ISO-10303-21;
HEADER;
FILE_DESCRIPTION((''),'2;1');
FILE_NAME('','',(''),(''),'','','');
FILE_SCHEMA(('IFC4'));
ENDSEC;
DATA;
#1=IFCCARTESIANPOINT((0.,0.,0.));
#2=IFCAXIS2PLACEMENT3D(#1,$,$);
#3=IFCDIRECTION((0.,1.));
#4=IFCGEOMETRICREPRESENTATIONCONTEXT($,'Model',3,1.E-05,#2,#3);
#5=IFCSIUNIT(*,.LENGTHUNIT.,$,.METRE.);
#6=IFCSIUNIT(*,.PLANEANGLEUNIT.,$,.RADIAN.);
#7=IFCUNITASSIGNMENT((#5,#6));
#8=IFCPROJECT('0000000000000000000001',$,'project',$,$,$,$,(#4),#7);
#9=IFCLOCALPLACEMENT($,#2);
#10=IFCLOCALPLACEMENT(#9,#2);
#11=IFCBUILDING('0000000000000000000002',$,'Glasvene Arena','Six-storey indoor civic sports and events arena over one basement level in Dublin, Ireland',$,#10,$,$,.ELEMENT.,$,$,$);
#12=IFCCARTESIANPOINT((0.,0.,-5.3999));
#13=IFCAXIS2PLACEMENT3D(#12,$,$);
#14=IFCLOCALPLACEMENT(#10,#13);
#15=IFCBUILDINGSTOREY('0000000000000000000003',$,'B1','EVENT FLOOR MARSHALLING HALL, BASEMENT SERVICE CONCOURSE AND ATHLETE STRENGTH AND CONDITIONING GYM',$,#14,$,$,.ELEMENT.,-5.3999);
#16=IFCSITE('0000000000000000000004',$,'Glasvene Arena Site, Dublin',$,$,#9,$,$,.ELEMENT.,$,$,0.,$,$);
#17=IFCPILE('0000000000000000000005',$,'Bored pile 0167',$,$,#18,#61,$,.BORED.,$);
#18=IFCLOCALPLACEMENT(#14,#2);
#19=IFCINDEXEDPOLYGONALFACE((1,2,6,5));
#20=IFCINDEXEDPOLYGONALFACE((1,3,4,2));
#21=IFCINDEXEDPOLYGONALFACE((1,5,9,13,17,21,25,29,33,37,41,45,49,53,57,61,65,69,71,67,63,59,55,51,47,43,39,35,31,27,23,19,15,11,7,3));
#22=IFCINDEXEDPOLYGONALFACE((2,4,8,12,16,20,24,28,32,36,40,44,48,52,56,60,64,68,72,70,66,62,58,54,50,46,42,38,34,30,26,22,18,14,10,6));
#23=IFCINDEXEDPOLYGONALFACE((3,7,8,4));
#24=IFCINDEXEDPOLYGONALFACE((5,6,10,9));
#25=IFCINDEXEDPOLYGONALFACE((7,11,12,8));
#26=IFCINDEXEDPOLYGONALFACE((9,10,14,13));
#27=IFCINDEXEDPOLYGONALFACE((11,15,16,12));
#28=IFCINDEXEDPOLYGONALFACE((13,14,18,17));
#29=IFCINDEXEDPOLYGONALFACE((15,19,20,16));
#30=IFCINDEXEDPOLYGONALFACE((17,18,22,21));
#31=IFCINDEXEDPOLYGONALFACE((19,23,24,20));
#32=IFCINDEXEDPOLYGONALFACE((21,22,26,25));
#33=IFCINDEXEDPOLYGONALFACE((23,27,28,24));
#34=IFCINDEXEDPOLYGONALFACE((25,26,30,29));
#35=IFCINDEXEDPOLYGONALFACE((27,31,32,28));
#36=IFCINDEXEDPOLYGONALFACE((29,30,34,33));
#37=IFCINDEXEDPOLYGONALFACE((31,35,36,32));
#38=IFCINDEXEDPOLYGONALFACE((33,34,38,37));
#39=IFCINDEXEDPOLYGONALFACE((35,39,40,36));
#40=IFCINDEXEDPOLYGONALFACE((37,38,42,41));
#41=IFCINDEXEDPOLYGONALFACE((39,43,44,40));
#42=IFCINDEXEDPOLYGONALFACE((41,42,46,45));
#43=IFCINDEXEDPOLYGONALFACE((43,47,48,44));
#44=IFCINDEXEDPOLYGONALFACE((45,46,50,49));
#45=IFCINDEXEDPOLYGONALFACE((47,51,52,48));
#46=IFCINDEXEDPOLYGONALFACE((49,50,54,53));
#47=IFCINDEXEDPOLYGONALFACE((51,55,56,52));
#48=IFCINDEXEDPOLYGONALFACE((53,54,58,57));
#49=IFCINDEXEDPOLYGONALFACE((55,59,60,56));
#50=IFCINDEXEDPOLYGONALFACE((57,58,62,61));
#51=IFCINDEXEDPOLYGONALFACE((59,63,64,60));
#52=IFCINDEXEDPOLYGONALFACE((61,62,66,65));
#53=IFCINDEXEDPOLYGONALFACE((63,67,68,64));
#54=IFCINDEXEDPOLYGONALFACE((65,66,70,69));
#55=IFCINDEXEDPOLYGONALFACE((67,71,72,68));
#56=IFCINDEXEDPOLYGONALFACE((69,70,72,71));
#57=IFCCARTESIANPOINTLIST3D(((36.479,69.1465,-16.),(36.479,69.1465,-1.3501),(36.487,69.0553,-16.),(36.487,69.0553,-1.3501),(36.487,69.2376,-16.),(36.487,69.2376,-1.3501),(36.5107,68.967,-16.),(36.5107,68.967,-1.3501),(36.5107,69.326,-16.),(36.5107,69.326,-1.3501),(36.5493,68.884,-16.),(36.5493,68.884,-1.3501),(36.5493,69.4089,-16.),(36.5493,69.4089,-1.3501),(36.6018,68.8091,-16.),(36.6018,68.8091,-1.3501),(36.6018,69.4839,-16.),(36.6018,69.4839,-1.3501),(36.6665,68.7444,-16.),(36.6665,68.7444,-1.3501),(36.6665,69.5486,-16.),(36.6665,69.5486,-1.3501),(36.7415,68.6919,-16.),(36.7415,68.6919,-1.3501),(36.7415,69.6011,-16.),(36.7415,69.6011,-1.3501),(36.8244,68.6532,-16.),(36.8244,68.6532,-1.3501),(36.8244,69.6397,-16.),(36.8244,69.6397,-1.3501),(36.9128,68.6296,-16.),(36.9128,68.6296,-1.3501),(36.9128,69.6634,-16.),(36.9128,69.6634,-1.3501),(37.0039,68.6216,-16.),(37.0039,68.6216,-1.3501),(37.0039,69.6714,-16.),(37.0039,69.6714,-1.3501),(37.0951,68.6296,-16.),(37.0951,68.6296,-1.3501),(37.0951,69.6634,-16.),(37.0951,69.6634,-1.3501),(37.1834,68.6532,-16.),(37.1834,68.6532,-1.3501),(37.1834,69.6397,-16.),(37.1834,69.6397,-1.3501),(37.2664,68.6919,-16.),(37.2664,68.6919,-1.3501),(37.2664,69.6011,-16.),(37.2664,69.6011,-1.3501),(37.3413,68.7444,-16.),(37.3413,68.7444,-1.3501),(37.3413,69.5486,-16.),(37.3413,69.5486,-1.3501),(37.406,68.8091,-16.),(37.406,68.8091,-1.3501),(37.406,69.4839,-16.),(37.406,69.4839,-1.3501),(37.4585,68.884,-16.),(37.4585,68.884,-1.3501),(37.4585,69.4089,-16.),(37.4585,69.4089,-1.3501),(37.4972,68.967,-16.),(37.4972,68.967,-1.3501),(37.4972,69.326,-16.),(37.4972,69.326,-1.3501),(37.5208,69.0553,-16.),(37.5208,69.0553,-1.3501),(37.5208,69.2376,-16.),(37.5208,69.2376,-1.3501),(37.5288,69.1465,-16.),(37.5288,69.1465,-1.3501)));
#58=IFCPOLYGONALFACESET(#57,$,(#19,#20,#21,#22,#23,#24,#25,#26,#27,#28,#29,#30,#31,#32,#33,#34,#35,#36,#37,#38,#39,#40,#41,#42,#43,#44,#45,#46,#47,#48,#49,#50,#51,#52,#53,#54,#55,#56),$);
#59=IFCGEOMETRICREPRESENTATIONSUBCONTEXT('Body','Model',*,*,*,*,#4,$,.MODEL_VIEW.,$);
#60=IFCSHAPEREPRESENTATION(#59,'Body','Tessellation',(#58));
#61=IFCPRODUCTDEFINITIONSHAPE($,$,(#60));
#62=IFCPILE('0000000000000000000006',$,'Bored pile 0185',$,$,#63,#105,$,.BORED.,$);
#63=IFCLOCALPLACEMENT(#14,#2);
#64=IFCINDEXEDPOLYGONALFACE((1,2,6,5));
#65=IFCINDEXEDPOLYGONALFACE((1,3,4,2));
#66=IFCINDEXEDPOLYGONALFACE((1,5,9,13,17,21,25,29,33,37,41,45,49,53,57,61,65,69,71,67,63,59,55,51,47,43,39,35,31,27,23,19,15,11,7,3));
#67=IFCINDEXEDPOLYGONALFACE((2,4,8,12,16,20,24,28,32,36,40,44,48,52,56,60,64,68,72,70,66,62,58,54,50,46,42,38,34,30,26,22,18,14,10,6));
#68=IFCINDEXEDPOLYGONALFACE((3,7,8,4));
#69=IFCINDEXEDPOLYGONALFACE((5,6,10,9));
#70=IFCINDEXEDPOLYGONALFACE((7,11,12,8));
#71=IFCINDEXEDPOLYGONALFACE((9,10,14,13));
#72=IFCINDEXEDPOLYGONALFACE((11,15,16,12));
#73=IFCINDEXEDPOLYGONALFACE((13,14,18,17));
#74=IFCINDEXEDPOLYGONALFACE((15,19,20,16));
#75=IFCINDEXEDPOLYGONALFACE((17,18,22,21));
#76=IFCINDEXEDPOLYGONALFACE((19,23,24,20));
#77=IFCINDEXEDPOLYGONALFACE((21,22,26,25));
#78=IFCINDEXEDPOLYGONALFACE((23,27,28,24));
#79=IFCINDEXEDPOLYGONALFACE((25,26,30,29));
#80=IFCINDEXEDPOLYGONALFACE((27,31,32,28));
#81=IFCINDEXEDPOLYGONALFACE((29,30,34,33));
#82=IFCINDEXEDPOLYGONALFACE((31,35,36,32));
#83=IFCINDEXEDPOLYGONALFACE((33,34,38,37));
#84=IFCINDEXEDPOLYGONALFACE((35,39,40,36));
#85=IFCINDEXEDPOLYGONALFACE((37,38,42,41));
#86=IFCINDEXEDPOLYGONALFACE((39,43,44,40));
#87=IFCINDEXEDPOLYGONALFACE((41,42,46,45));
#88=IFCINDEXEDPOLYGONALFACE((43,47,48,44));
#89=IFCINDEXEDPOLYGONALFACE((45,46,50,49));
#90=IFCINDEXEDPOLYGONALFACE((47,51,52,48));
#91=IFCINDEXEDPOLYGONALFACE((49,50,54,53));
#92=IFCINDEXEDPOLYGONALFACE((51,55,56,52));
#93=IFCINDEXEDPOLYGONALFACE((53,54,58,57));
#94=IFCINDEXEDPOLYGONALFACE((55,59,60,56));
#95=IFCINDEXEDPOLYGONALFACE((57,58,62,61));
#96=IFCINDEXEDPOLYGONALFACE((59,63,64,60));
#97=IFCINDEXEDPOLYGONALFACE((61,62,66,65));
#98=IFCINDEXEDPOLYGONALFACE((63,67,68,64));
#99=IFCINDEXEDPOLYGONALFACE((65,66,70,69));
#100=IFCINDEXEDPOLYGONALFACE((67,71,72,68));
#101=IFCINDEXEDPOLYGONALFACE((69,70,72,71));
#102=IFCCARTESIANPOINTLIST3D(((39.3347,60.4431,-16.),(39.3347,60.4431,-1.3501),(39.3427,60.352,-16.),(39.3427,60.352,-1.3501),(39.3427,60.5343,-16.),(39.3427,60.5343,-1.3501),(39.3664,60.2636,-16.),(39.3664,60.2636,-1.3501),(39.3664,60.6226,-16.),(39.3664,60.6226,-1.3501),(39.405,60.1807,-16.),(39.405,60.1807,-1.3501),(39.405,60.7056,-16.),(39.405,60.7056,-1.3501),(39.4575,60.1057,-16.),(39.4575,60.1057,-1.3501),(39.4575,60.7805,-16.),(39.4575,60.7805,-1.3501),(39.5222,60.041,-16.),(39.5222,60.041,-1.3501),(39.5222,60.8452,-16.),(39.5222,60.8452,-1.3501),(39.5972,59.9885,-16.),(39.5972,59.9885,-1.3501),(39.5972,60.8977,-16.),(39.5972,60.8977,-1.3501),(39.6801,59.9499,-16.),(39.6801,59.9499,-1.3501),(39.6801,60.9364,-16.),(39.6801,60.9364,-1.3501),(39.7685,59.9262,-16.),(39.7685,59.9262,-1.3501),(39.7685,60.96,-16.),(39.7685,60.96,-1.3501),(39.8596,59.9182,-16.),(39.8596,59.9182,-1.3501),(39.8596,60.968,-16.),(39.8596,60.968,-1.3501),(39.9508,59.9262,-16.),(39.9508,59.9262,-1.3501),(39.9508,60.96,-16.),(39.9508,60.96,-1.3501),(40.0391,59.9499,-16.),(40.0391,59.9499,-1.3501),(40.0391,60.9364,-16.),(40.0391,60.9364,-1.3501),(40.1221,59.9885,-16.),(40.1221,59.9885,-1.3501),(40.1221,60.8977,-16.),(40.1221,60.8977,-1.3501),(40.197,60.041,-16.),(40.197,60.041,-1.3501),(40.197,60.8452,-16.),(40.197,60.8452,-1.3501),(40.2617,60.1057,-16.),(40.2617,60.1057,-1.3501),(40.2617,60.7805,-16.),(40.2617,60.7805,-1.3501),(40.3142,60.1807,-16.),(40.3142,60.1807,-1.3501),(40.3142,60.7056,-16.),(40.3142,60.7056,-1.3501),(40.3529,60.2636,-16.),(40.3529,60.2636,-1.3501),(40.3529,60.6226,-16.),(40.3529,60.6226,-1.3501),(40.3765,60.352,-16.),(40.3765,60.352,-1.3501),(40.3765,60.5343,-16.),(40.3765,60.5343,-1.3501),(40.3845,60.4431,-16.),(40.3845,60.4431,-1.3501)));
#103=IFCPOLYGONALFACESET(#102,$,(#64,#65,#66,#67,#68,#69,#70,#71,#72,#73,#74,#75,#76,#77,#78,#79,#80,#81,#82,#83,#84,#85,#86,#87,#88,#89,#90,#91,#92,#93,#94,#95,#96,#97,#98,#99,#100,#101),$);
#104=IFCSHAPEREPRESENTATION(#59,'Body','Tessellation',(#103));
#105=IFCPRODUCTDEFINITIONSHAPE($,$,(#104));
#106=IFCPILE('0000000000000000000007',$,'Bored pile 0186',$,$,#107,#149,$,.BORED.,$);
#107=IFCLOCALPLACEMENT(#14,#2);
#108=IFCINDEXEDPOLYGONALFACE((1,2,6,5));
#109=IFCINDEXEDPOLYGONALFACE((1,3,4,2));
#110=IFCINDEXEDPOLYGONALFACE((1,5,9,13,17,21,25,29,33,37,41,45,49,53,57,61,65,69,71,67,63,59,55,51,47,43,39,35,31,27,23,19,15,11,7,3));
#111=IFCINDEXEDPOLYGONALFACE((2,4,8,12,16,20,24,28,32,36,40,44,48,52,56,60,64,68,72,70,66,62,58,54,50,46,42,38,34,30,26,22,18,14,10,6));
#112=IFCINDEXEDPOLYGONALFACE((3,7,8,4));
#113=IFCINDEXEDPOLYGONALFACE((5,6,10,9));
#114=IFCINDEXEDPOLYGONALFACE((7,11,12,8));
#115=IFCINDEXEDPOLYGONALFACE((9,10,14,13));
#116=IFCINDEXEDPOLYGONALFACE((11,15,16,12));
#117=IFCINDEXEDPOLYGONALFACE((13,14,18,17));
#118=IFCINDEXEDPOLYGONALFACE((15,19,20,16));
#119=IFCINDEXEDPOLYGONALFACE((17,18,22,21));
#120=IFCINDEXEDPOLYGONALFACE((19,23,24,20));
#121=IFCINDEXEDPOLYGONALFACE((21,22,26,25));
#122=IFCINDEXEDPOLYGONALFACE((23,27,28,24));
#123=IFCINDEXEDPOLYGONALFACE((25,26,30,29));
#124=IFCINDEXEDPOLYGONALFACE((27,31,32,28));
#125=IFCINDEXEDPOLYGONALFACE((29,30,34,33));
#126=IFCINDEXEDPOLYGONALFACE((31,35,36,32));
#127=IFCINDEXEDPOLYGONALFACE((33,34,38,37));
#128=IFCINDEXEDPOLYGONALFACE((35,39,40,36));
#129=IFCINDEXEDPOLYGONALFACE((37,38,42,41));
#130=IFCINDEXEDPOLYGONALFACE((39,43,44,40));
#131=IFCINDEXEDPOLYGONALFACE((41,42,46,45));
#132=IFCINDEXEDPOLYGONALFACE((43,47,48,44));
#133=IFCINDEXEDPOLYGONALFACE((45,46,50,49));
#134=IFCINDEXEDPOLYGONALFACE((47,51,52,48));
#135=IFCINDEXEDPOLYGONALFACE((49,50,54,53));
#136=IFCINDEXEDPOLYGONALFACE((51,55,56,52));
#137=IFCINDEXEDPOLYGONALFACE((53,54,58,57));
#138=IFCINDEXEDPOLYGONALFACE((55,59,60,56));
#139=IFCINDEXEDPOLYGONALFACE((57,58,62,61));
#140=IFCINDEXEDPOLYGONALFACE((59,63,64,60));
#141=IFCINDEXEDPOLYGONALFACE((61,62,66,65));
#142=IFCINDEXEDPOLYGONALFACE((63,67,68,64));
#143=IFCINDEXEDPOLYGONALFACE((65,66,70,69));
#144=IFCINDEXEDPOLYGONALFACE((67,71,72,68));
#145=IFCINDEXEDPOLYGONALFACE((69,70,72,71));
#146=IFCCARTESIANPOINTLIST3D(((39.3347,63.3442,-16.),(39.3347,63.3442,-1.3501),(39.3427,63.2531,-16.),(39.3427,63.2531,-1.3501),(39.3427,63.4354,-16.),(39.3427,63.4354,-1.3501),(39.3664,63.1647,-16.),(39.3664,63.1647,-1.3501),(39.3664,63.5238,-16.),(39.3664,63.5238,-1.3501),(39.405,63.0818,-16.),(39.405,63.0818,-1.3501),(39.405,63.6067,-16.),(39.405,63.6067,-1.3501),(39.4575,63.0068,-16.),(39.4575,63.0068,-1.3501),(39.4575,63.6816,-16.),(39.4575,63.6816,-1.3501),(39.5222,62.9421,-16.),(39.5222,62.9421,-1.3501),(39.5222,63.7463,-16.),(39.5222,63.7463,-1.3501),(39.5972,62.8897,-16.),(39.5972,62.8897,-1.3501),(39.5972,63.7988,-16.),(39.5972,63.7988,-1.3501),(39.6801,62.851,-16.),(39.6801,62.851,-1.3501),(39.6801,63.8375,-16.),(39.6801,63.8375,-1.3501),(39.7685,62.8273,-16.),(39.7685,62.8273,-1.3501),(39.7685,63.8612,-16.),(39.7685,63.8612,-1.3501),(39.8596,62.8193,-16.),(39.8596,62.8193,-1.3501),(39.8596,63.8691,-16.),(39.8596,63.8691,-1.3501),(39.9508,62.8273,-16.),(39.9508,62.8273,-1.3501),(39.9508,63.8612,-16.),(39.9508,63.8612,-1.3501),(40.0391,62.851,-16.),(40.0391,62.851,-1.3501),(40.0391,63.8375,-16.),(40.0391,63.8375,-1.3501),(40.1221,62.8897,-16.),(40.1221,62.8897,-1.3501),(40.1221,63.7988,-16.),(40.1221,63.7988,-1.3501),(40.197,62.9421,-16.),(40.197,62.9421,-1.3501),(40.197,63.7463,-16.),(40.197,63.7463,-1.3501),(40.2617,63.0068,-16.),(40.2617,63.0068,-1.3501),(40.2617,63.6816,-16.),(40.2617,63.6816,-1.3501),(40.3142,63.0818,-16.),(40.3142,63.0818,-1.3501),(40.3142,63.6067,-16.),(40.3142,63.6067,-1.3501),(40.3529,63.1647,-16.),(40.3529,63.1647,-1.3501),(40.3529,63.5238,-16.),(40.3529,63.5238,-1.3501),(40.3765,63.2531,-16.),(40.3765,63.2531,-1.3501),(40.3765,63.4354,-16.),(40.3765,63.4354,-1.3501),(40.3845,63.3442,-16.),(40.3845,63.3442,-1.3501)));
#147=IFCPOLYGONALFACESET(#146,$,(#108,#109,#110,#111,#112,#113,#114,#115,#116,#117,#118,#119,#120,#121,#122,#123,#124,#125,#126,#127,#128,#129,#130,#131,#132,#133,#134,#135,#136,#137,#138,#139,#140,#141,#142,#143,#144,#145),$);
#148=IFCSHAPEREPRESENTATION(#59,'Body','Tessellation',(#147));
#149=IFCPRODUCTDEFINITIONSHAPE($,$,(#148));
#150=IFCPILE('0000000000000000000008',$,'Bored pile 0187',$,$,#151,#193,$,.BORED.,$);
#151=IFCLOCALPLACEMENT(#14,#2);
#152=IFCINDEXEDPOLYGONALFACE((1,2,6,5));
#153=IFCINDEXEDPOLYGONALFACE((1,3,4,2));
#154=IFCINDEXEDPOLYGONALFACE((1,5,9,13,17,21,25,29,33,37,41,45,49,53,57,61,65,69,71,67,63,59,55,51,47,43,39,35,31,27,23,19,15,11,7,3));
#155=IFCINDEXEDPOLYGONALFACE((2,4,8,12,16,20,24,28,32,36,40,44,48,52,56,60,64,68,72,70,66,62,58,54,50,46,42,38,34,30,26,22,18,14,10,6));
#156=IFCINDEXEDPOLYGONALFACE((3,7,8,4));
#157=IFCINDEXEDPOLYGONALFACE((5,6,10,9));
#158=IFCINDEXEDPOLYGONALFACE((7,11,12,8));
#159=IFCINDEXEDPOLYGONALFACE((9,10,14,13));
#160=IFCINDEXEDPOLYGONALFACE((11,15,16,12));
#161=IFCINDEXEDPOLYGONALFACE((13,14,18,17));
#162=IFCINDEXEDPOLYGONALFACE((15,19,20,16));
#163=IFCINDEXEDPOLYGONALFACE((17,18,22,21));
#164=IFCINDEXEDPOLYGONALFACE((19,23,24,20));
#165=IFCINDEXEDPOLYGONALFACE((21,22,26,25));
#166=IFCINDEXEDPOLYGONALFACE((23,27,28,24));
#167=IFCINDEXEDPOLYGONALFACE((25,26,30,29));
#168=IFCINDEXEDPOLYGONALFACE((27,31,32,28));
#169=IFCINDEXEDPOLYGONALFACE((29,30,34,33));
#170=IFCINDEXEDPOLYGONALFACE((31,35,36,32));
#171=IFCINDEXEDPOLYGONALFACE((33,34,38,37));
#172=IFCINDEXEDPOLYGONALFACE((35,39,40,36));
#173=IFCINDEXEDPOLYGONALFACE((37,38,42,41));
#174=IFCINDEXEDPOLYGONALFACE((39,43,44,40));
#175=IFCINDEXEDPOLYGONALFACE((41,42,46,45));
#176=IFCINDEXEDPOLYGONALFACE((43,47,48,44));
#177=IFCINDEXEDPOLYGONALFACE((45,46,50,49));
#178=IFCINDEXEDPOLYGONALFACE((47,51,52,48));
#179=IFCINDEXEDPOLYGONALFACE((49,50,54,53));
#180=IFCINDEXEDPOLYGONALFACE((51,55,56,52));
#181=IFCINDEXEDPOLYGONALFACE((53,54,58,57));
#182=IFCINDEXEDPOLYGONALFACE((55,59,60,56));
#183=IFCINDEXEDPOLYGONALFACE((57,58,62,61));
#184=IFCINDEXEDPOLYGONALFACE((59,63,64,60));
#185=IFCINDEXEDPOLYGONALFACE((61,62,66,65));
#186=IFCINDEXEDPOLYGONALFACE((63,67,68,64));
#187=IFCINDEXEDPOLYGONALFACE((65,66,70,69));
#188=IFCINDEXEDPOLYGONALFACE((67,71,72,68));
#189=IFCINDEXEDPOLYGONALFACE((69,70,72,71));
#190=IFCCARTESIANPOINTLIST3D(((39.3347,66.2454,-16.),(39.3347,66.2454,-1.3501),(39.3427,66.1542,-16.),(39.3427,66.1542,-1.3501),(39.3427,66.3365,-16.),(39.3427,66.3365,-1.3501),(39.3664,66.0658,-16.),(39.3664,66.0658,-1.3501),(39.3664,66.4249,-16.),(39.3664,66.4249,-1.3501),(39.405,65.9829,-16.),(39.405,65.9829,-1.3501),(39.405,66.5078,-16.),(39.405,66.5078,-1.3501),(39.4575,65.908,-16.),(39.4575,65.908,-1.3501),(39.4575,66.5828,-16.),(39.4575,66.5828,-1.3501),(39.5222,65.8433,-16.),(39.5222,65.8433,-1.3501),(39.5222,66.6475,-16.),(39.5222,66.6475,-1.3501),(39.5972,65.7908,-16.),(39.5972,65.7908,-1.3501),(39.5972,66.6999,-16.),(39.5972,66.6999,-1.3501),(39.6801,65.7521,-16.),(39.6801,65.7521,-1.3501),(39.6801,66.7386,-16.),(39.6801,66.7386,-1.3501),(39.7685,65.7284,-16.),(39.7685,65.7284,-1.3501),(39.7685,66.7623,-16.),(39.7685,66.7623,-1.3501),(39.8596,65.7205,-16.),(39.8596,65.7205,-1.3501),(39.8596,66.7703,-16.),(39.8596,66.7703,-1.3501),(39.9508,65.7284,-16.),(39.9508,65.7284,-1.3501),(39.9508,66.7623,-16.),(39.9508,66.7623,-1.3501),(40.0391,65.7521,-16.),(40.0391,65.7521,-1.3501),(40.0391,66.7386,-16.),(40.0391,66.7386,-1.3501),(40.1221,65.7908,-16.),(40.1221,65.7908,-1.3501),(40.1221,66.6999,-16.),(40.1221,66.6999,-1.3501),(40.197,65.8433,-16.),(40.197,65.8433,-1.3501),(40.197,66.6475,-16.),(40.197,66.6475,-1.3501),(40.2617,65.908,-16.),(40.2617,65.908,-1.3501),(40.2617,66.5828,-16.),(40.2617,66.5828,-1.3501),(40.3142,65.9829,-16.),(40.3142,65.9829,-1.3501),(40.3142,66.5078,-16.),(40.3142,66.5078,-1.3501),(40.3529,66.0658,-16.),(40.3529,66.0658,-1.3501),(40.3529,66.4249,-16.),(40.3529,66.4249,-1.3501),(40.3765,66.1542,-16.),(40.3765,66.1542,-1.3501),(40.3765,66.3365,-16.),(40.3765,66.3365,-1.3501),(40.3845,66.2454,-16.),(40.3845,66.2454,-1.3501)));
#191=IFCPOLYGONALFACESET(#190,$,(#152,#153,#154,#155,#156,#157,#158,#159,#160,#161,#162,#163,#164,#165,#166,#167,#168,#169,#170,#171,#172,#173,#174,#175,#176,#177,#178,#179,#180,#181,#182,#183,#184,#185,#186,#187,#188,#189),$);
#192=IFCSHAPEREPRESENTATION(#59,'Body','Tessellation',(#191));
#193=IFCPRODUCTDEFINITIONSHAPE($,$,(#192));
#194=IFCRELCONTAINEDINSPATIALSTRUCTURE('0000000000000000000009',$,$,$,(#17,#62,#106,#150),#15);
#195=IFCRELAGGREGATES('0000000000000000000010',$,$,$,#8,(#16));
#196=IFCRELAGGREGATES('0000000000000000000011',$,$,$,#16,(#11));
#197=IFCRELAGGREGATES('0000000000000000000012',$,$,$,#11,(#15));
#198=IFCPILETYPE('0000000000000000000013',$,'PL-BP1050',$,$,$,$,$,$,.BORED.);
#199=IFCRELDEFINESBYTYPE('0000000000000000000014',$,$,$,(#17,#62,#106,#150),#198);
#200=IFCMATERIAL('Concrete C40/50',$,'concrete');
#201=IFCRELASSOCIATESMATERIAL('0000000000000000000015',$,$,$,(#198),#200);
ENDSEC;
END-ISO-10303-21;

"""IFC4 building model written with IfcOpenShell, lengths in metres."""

from ifc_helpers import new_model, si_unit, direction, frame, origin, origin_2d, place, context, subcontext, project, spatial, circle, extrude, material, material_profile, profile_set, type_object, element, save


model = new_model("IFC4")

# Units and contexts
model_context = context("Model", 3, precision=1e-05, world=origin(), true_north=direction((0.0, 1.0)))
body_context = subcontext(model_context, "Body", "Model", "MODEL_VIEW")
ifc_project = project(units=[si_unit("LENGTHUNIT", "METRE"), si_unit("PLANEANGLEUNIT", "RADIAN")], contexts=[model_context])

# Site, building, storey
site_placement = place(None, origin())
site = spatial("IfcSite", under=ifc_project, at=site_placement, Name="Glasvene Arena Site, Dublin", CompositionType="ELEMENT", RefElevation=0.0)
building_placement = place(site_placement, origin())
building = spatial("IfcBuilding", under=site, at=building_placement, Name="Glasvene Arena", Description="Six-storey indoor civic sports and events arena over one basement level in Dublin, Ireland", CompositionType="ELEMENT")
storey_placement = place(building_placement, frame((0.0, 0.0, -5.3999)))
storey = spatial("IfcBuildingStorey", under=building, at=storey_placement, Name="B1", Description="EVENT FLOOR MARSHALLING HALL, BASEMENT SERVICE CONCOURSE AND ATHLETE STRENGTH AND CONDITIONING GYM", CompositionType="ELEMENT", Elevation=-5.3999)

# Piles
ifc_material_1 = material(Name="Concrete C40/50", Category="concrete")
ifc_material_profile = material_profile(ifc_material_1, circle(Radius=0.5249, at=origin_2d()), Name="BORED PILE 1050")
ifc_profile_set = profile_set([ifc_material_profile], Name="Concrete C40/50")
pile_type = type_object("IfcPileType", Name="PL-BP1050", PredefinedType="BORED", material=ifc_profile_set)
for number, where, z_axis, x_axis, name in (
    (1, (37.0039, 69.1465, -1.3501), (0.0, 0.0, -1.0), (1.0, 0.0, 0.0), "Bored pile 0167"),
    (2, (39.8596, 60.4431, -1.3501), (0.0, 0.0, -1.0), (1.0, 0.0, 0.0), "Bored pile 0185"),
    (3, (39.8596, 63.3442, -1.3501), (0.0, 0.0, -1.0), (1.0, 0.0, 0.0), "Bored pile 0186"),
    (4, (39.8596, 66.2454, -1.3501), (0.0, 0.0, -1.0), (1.0, 0.0, 0.0), "Bored pile 0187"),
):
    element("IfcPile", number, at=place(storey_placement, frame(where, z_axis=z_axis, x_axis=x_axis)), inside=storey, type_object=pile_type, Name=name, PredefinedType="BORED", context=body_context, shape_type="SweptSolid", body=[
        extrude(circle(Radius=0.5249, at=origin_2d()), origin(), (0.0, 0.0, 1.0), 14.6499),
    ])

save(model, "model.ifc")
